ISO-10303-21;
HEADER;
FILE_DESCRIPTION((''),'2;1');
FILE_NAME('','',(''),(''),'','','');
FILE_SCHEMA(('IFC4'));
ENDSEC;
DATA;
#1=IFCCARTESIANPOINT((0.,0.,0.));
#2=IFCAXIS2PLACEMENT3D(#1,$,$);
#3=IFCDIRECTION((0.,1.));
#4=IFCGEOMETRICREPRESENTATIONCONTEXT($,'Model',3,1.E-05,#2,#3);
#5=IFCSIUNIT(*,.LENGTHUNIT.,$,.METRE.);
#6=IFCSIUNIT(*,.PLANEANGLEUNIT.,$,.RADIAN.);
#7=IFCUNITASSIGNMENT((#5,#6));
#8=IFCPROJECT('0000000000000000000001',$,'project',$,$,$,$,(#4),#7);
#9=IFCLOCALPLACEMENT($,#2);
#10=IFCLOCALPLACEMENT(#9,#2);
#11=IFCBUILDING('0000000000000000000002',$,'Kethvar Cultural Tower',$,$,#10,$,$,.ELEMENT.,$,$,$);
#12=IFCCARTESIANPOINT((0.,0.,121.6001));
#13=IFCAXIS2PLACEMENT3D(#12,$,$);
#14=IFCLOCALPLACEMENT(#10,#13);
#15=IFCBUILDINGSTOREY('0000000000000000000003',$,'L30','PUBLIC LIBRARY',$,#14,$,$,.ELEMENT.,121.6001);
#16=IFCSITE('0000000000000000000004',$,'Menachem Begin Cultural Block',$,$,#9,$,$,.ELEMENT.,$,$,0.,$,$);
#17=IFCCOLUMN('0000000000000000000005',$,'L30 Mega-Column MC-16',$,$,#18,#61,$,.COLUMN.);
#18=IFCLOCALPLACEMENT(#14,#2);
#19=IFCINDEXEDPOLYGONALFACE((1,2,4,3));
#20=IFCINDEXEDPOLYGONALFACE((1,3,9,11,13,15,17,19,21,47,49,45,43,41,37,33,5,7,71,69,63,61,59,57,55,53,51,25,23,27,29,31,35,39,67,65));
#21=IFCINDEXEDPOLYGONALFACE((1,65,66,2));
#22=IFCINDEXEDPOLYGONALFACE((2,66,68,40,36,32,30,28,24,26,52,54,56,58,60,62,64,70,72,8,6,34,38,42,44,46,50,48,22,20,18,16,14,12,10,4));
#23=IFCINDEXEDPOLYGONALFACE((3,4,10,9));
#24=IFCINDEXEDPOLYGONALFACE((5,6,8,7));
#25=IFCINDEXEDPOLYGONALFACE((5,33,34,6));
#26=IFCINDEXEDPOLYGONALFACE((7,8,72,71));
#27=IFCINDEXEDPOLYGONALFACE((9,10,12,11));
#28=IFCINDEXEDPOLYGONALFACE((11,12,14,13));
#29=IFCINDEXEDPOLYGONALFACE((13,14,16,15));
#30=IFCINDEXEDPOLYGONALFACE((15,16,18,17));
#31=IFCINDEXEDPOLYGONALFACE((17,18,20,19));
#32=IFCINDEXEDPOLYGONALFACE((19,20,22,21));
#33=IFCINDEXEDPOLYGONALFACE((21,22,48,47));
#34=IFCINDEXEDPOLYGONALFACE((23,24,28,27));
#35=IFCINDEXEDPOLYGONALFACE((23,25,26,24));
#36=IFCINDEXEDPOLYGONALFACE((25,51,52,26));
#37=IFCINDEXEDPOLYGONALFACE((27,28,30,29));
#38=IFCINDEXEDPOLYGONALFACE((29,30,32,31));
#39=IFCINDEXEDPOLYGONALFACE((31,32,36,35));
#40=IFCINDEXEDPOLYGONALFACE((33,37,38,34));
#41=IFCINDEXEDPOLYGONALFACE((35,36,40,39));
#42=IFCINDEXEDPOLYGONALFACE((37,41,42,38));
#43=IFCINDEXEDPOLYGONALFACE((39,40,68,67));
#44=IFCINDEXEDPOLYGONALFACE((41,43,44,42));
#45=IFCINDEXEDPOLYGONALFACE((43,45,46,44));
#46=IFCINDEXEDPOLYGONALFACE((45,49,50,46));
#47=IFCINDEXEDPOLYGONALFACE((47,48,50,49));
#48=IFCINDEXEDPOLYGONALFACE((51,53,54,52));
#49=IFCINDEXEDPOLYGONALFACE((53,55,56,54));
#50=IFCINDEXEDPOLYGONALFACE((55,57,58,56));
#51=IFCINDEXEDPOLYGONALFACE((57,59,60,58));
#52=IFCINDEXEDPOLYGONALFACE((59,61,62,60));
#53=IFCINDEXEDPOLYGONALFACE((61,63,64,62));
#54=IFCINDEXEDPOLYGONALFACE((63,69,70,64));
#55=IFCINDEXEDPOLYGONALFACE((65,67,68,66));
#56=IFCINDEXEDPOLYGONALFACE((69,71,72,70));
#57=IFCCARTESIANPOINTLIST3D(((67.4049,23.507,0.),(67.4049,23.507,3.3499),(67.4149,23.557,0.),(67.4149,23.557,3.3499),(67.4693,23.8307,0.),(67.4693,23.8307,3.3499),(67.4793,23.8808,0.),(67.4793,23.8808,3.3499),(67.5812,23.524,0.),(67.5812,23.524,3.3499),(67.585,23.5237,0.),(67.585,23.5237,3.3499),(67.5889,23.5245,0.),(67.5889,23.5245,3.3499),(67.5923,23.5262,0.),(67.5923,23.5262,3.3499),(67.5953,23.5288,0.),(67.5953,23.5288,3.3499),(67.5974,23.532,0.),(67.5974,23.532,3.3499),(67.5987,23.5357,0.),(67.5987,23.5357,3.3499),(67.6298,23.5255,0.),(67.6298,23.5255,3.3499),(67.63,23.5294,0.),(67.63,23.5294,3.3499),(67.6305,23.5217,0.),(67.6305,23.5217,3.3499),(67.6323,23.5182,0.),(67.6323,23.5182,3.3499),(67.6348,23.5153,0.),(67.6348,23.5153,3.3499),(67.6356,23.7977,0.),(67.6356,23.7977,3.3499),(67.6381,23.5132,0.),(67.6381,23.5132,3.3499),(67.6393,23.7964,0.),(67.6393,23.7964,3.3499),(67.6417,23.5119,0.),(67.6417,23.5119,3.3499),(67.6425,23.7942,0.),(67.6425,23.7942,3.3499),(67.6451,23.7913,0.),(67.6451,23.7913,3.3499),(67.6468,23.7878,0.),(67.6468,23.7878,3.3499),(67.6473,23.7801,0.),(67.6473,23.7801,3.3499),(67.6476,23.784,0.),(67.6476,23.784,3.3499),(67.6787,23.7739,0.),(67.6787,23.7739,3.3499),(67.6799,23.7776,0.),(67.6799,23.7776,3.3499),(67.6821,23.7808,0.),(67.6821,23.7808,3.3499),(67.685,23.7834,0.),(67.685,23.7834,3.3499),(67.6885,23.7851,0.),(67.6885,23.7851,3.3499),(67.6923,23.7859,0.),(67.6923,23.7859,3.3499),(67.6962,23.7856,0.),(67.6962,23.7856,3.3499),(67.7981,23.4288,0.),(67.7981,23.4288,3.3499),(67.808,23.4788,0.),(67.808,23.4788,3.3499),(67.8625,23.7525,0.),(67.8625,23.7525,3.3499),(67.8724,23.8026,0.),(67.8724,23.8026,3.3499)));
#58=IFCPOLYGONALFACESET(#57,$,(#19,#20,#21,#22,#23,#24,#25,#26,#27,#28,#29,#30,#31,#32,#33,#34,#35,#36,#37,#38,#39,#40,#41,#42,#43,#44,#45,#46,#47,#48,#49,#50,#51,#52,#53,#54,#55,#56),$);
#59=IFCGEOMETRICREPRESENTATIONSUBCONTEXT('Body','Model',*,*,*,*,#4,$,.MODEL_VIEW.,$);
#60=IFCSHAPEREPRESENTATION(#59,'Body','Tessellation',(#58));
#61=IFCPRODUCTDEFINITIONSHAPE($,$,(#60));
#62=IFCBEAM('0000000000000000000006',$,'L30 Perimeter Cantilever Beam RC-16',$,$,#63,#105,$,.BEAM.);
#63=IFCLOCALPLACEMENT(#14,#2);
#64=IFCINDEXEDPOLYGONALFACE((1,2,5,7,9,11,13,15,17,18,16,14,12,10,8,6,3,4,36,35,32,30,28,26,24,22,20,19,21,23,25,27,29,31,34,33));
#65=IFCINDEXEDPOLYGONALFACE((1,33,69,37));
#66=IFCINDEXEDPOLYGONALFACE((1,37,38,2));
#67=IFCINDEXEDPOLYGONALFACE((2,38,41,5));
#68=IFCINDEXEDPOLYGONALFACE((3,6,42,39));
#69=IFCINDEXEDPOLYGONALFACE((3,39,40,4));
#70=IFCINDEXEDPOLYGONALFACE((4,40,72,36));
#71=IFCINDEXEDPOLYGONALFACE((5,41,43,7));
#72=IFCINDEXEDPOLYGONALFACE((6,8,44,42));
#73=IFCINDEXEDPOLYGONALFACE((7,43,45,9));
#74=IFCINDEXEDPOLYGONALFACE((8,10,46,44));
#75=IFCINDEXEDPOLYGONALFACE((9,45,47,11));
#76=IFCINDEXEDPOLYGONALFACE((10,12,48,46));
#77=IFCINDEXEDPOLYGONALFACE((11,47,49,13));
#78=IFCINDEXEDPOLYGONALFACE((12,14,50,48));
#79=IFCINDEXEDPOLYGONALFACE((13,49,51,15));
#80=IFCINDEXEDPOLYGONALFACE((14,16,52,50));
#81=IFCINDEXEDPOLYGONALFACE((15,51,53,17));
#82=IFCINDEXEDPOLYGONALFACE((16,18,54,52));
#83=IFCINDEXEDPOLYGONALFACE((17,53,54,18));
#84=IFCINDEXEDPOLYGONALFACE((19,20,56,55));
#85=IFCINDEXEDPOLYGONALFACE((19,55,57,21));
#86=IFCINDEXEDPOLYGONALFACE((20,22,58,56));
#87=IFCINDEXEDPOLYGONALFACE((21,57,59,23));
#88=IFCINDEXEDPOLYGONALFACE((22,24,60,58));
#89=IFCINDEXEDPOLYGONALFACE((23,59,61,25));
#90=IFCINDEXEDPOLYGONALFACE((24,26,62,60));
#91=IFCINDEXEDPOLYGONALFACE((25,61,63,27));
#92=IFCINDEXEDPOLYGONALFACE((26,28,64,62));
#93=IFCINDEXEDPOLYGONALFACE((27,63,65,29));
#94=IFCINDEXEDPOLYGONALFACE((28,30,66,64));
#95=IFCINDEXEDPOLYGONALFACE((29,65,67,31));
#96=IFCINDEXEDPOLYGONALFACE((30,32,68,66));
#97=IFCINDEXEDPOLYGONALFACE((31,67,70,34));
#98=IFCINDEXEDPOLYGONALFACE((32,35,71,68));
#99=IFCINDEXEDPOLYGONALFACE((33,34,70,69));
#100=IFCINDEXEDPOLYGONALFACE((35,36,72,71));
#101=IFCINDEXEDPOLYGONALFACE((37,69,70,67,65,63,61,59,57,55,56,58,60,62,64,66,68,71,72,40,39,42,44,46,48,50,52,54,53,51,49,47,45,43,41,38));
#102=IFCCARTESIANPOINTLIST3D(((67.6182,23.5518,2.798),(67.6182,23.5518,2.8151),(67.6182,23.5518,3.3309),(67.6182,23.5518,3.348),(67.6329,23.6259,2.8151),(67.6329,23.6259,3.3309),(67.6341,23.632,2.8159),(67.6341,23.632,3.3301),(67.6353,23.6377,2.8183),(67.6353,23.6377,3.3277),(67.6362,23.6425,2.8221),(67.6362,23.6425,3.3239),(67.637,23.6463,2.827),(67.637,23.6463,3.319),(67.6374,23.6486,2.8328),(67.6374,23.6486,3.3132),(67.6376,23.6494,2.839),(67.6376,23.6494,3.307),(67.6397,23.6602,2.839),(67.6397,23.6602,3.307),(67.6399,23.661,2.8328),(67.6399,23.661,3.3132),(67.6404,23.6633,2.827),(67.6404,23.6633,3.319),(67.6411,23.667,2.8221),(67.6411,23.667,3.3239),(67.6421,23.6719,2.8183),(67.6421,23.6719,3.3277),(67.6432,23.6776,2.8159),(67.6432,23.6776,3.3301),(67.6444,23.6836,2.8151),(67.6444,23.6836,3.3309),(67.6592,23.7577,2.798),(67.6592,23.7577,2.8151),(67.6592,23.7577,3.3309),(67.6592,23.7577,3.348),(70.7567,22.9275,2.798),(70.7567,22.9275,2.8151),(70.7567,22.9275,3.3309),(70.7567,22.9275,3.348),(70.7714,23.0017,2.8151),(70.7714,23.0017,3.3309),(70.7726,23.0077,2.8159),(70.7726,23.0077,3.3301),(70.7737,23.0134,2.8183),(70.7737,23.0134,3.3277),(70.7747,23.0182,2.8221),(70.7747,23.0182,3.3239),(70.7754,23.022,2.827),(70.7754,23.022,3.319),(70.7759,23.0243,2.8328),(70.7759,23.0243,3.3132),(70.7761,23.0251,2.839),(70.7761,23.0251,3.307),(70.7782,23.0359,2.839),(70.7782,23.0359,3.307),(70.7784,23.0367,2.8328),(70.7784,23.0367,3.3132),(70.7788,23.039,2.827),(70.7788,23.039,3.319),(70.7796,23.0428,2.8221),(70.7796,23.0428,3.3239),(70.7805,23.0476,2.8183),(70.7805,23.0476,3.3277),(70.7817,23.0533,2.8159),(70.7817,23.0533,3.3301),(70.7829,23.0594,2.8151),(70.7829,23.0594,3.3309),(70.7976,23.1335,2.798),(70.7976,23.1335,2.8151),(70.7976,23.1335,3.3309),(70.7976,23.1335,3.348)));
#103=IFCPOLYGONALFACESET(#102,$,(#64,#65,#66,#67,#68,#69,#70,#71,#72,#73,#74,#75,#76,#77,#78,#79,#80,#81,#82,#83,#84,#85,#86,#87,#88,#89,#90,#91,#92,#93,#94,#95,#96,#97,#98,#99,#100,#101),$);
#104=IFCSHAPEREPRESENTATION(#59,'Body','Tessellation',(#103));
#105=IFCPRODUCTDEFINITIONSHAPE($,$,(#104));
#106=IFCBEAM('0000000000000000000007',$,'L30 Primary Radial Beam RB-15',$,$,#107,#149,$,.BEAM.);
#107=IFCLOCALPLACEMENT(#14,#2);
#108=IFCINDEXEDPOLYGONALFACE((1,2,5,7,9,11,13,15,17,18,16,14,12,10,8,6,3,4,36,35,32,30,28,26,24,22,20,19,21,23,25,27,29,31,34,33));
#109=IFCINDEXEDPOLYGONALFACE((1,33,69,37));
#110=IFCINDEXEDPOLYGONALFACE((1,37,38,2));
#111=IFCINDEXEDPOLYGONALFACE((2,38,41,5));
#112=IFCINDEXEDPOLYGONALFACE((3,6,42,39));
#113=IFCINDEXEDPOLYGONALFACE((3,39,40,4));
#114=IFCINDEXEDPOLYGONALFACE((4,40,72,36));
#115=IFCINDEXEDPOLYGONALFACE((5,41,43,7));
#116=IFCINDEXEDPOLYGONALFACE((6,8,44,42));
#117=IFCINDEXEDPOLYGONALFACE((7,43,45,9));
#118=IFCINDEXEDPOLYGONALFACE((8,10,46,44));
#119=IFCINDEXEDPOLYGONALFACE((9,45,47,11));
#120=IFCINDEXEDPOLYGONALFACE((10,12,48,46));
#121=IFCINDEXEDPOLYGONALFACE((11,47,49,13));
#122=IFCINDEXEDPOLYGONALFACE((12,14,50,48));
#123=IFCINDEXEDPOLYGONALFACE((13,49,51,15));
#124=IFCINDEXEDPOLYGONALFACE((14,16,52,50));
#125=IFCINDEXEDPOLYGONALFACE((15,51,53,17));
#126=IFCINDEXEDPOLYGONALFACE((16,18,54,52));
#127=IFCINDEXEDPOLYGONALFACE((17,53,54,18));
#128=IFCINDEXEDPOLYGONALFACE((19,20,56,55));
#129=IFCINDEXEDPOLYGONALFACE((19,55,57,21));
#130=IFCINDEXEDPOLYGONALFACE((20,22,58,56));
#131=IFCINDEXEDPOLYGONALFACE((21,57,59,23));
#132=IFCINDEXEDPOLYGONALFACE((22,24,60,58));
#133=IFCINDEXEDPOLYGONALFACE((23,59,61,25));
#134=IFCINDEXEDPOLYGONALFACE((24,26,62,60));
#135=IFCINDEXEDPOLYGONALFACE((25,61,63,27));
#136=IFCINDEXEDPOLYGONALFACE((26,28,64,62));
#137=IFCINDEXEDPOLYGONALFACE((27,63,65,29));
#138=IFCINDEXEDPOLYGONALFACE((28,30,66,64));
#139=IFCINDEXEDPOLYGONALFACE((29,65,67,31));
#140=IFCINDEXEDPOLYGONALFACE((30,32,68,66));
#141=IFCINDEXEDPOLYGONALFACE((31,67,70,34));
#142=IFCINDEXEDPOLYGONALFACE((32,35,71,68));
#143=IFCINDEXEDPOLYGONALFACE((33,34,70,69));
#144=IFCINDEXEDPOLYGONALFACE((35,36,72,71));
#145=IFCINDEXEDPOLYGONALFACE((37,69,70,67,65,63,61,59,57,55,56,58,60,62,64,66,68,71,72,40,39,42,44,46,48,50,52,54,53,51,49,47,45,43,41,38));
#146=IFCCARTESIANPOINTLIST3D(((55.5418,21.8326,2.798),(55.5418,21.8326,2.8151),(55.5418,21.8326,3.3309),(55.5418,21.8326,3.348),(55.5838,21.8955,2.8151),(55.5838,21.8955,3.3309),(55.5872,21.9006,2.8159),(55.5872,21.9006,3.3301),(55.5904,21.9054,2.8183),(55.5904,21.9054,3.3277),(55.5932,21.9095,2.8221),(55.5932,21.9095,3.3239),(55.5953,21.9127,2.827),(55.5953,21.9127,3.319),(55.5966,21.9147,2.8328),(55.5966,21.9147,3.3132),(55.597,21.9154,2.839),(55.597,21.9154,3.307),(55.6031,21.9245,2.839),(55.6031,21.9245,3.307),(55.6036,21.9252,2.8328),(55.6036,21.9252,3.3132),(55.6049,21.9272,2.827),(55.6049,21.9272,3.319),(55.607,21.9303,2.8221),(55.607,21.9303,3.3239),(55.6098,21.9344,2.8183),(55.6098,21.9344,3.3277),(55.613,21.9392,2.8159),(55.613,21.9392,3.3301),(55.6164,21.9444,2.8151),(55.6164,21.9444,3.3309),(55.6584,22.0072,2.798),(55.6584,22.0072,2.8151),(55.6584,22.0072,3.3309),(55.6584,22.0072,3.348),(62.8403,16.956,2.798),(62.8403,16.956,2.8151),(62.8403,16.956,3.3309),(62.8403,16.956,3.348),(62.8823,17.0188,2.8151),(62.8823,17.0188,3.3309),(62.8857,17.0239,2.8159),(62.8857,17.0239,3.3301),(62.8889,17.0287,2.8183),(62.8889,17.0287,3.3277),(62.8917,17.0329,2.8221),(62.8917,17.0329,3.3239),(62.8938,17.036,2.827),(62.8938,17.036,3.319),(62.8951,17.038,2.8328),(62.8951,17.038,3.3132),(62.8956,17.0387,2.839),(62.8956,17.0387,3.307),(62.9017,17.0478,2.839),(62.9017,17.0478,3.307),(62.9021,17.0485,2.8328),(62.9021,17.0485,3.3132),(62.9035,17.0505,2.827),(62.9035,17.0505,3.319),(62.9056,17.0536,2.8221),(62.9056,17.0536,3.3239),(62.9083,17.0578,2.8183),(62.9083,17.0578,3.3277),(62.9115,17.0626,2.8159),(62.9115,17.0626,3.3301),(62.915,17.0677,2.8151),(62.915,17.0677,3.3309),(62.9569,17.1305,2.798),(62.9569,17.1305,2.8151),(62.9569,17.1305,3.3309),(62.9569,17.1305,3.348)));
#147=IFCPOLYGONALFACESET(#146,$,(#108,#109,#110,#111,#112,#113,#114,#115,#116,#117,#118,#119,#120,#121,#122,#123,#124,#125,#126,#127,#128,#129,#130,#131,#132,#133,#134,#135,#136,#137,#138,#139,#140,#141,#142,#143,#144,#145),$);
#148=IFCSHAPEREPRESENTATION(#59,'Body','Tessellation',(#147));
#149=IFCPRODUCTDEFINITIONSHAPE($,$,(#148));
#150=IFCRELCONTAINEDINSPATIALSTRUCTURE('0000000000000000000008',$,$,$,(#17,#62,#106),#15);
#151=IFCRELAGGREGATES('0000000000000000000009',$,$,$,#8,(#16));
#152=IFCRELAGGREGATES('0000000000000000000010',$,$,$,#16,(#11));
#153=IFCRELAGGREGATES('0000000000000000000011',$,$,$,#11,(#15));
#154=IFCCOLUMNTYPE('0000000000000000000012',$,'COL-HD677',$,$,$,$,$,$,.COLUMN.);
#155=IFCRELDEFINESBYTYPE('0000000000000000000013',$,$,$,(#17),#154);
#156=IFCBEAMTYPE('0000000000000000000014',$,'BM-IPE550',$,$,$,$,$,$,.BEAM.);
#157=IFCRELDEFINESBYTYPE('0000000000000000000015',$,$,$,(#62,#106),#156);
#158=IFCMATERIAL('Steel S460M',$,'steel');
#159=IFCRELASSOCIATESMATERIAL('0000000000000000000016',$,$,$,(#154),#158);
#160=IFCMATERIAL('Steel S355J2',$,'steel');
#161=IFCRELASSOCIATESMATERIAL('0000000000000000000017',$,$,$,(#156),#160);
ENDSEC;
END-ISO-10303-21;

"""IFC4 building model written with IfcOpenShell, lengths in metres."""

from ifc_helpers import new_model, si_unit, direction, frame, origin, origin_2d, place, context, subcontext, project, spatial, i_section, extrude, source, transform, mapped, material, material_profile, profile_set, type_object, element, save


model = new_model("IFC4")

# Units and contexts
model_context = context("Model", 3, precision=1e-05, world=origin(), true_north=direction((0.0, 1.0)))
body_context = subcontext(model_context, "Body", "Model", "MODEL_VIEW")
ifc_project = project(units=[si_unit("LENGTHUNIT", "METRE"), si_unit("PLANEANGLEUNIT", "RADIAN")], contexts=[model_context])

# Site, building, storey
site_placement = place(None, origin())
site = spatial("IfcSite", under=ifc_project, at=site_placement, Name="Menachem Begin Cultural Block", CompositionType="ELEMENT", RefElevation=0.0)
building_placement = place(site_placement, origin())
building = spatial("IfcBuilding", under=site, at=building_placement, Name="Kethvar Cultural Tower", CompositionType="ELEMENT")
storey_placement = place(building_placement, frame((0.0, 0.0, 121.6001)))
storey = spatial("IfcBuildingStorey", under=building, at=storey_placement, Name="L30", Description="PUBLIC LIBRARY", CompositionType="ELEMENT", Elevation=121.6001)

# Column
ifc_material_1 = material(Name="Steel S460M", Category="steel")
ifc_material_profile_1 = material_profile(ifc_material_1, i_section(OverallWidth=0.4009, OverallDepth=0.3811, WebThickness=0.032, FlangeThickness=0.051, FilletRadius=0.0149, at=origin_2d()), Name="Steel S460M — HD400x677")
ifc_profile_set_1 = profile_set([ifc_material_profile_1], Name="Steel S460M — HD400x677")
column_type = type_object("IfcColumnType", Name="COL-HD677", PredefinedType="COLUMN", material=ifc_profile_set_1)
shared_shape_1 = source(origin(), body_context, "Body", "SweptSolid", [
    extrude(i_section(OverallWidth=0.4009, OverallDepth=0.3811, WebThickness=0.032, FlangeThickness=0.051, FilletRadius=0.0149, at=origin_2d()), origin(), (0.0, 0.0, 1.0), 3.3499),
])
column_placement = place(storey_placement, frame((67.6387, 23.6548, 0.0), z_axis=(0.0, 0.0, 1.0), x_axis=(0.980785, -0.19509, 0.0)))
element("IfcColumn", 1, at=column_placement, inside=storey, type_object=column_type, Name="L30 Mega-Column MC-16", PredefinedType="COLUMN", context=body_context, shape_type="MappedRepresentation", body=[
    mapped(shared_shape_1, transform((0.0, 0.0, 0.0), scale=1.0)),
])

# Beams
ifc_material_2 = material(Name="Steel S355J2", Category="steel")
ifc_material_profile_2 = material_profile(ifc_material_2, i_section(OverallWidth=0.21, OverallDepth=0.55, WebThickness=0.011, FlangeThickness=0.0171, FilletRadius=0.0239, at=origin_2d()), Name="Steel S355J2 — IPE550")
ifc_profile_set_2 = profile_set([ifc_material_profile_2], Name="Steel S355J2 — IPE550")
beam_type_1 = type_object("IfcBeamType", Name="BM-IPE550", PredefinedType="BEAM", material=ifc_profile_set_2)
shared_shape_2 = source(origin(), body_context, "Body", "SweptSolid", [
    extrude(i_section(OverallWidth=0.21, OverallDepth=0.55, WebThickness=0.011, FlangeThickness=0.0171, FilletRadius=0.0239, at=origin_2d()), origin(), (0.0, 0.0, 1.0), 3.2),
])
beam_1_placement = place(storey_placement, frame((67.6387, 23.6548, 3.073), z_axis=(0.980786, -0.195089, 0.0), x_axis=(0.195089, 0.980786, 0.0)))
element("IfcBeam", 2, at=beam_1_placement, inside=storey, type_object=beam_type_1, Name="L30 Perimeter Cantilever Beam RC-16", PredefinedType="BEAM", context=body_context, shape_type="MappedRepresentation", body=[
    mapped(shared_shape_2, transform((0.0, 0.0, 0.0), scale=1.0)),
])
shared_shape_3 = source(origin(), body_context, "Body", "SweptSolid", [
    extrude(i_section(OverallWidth=0.21, OverallDepth=0.55, WebThickness=0.011, FlangeThickness=0.0171, FilletRadius=0.0239, at=origin_2d()), origin(), (0.0, 0.0, 1.0), 8.7778),
])
beam_2_placement = place(storey_placement, frame((55.6001, 21.9199, 3.073), z_axis=(0.831472, -0.555566, 0.0), x_axis=(0.555566, 0.831472, 0.0)))
element("IfcBeam", 3, at=beam_2_placement, inside=storey, type_object=beam_type_1, Name="L30 Primary Radial Beam RB-15", PredefinedType="BEAM", context=body_context, shape_type="MappedRepresentation", body=[
    mapped(shared_shape_3, transform((0.0, 0.0, 0.0), scale=1.0)),
])

save(model, "model.ifc")
